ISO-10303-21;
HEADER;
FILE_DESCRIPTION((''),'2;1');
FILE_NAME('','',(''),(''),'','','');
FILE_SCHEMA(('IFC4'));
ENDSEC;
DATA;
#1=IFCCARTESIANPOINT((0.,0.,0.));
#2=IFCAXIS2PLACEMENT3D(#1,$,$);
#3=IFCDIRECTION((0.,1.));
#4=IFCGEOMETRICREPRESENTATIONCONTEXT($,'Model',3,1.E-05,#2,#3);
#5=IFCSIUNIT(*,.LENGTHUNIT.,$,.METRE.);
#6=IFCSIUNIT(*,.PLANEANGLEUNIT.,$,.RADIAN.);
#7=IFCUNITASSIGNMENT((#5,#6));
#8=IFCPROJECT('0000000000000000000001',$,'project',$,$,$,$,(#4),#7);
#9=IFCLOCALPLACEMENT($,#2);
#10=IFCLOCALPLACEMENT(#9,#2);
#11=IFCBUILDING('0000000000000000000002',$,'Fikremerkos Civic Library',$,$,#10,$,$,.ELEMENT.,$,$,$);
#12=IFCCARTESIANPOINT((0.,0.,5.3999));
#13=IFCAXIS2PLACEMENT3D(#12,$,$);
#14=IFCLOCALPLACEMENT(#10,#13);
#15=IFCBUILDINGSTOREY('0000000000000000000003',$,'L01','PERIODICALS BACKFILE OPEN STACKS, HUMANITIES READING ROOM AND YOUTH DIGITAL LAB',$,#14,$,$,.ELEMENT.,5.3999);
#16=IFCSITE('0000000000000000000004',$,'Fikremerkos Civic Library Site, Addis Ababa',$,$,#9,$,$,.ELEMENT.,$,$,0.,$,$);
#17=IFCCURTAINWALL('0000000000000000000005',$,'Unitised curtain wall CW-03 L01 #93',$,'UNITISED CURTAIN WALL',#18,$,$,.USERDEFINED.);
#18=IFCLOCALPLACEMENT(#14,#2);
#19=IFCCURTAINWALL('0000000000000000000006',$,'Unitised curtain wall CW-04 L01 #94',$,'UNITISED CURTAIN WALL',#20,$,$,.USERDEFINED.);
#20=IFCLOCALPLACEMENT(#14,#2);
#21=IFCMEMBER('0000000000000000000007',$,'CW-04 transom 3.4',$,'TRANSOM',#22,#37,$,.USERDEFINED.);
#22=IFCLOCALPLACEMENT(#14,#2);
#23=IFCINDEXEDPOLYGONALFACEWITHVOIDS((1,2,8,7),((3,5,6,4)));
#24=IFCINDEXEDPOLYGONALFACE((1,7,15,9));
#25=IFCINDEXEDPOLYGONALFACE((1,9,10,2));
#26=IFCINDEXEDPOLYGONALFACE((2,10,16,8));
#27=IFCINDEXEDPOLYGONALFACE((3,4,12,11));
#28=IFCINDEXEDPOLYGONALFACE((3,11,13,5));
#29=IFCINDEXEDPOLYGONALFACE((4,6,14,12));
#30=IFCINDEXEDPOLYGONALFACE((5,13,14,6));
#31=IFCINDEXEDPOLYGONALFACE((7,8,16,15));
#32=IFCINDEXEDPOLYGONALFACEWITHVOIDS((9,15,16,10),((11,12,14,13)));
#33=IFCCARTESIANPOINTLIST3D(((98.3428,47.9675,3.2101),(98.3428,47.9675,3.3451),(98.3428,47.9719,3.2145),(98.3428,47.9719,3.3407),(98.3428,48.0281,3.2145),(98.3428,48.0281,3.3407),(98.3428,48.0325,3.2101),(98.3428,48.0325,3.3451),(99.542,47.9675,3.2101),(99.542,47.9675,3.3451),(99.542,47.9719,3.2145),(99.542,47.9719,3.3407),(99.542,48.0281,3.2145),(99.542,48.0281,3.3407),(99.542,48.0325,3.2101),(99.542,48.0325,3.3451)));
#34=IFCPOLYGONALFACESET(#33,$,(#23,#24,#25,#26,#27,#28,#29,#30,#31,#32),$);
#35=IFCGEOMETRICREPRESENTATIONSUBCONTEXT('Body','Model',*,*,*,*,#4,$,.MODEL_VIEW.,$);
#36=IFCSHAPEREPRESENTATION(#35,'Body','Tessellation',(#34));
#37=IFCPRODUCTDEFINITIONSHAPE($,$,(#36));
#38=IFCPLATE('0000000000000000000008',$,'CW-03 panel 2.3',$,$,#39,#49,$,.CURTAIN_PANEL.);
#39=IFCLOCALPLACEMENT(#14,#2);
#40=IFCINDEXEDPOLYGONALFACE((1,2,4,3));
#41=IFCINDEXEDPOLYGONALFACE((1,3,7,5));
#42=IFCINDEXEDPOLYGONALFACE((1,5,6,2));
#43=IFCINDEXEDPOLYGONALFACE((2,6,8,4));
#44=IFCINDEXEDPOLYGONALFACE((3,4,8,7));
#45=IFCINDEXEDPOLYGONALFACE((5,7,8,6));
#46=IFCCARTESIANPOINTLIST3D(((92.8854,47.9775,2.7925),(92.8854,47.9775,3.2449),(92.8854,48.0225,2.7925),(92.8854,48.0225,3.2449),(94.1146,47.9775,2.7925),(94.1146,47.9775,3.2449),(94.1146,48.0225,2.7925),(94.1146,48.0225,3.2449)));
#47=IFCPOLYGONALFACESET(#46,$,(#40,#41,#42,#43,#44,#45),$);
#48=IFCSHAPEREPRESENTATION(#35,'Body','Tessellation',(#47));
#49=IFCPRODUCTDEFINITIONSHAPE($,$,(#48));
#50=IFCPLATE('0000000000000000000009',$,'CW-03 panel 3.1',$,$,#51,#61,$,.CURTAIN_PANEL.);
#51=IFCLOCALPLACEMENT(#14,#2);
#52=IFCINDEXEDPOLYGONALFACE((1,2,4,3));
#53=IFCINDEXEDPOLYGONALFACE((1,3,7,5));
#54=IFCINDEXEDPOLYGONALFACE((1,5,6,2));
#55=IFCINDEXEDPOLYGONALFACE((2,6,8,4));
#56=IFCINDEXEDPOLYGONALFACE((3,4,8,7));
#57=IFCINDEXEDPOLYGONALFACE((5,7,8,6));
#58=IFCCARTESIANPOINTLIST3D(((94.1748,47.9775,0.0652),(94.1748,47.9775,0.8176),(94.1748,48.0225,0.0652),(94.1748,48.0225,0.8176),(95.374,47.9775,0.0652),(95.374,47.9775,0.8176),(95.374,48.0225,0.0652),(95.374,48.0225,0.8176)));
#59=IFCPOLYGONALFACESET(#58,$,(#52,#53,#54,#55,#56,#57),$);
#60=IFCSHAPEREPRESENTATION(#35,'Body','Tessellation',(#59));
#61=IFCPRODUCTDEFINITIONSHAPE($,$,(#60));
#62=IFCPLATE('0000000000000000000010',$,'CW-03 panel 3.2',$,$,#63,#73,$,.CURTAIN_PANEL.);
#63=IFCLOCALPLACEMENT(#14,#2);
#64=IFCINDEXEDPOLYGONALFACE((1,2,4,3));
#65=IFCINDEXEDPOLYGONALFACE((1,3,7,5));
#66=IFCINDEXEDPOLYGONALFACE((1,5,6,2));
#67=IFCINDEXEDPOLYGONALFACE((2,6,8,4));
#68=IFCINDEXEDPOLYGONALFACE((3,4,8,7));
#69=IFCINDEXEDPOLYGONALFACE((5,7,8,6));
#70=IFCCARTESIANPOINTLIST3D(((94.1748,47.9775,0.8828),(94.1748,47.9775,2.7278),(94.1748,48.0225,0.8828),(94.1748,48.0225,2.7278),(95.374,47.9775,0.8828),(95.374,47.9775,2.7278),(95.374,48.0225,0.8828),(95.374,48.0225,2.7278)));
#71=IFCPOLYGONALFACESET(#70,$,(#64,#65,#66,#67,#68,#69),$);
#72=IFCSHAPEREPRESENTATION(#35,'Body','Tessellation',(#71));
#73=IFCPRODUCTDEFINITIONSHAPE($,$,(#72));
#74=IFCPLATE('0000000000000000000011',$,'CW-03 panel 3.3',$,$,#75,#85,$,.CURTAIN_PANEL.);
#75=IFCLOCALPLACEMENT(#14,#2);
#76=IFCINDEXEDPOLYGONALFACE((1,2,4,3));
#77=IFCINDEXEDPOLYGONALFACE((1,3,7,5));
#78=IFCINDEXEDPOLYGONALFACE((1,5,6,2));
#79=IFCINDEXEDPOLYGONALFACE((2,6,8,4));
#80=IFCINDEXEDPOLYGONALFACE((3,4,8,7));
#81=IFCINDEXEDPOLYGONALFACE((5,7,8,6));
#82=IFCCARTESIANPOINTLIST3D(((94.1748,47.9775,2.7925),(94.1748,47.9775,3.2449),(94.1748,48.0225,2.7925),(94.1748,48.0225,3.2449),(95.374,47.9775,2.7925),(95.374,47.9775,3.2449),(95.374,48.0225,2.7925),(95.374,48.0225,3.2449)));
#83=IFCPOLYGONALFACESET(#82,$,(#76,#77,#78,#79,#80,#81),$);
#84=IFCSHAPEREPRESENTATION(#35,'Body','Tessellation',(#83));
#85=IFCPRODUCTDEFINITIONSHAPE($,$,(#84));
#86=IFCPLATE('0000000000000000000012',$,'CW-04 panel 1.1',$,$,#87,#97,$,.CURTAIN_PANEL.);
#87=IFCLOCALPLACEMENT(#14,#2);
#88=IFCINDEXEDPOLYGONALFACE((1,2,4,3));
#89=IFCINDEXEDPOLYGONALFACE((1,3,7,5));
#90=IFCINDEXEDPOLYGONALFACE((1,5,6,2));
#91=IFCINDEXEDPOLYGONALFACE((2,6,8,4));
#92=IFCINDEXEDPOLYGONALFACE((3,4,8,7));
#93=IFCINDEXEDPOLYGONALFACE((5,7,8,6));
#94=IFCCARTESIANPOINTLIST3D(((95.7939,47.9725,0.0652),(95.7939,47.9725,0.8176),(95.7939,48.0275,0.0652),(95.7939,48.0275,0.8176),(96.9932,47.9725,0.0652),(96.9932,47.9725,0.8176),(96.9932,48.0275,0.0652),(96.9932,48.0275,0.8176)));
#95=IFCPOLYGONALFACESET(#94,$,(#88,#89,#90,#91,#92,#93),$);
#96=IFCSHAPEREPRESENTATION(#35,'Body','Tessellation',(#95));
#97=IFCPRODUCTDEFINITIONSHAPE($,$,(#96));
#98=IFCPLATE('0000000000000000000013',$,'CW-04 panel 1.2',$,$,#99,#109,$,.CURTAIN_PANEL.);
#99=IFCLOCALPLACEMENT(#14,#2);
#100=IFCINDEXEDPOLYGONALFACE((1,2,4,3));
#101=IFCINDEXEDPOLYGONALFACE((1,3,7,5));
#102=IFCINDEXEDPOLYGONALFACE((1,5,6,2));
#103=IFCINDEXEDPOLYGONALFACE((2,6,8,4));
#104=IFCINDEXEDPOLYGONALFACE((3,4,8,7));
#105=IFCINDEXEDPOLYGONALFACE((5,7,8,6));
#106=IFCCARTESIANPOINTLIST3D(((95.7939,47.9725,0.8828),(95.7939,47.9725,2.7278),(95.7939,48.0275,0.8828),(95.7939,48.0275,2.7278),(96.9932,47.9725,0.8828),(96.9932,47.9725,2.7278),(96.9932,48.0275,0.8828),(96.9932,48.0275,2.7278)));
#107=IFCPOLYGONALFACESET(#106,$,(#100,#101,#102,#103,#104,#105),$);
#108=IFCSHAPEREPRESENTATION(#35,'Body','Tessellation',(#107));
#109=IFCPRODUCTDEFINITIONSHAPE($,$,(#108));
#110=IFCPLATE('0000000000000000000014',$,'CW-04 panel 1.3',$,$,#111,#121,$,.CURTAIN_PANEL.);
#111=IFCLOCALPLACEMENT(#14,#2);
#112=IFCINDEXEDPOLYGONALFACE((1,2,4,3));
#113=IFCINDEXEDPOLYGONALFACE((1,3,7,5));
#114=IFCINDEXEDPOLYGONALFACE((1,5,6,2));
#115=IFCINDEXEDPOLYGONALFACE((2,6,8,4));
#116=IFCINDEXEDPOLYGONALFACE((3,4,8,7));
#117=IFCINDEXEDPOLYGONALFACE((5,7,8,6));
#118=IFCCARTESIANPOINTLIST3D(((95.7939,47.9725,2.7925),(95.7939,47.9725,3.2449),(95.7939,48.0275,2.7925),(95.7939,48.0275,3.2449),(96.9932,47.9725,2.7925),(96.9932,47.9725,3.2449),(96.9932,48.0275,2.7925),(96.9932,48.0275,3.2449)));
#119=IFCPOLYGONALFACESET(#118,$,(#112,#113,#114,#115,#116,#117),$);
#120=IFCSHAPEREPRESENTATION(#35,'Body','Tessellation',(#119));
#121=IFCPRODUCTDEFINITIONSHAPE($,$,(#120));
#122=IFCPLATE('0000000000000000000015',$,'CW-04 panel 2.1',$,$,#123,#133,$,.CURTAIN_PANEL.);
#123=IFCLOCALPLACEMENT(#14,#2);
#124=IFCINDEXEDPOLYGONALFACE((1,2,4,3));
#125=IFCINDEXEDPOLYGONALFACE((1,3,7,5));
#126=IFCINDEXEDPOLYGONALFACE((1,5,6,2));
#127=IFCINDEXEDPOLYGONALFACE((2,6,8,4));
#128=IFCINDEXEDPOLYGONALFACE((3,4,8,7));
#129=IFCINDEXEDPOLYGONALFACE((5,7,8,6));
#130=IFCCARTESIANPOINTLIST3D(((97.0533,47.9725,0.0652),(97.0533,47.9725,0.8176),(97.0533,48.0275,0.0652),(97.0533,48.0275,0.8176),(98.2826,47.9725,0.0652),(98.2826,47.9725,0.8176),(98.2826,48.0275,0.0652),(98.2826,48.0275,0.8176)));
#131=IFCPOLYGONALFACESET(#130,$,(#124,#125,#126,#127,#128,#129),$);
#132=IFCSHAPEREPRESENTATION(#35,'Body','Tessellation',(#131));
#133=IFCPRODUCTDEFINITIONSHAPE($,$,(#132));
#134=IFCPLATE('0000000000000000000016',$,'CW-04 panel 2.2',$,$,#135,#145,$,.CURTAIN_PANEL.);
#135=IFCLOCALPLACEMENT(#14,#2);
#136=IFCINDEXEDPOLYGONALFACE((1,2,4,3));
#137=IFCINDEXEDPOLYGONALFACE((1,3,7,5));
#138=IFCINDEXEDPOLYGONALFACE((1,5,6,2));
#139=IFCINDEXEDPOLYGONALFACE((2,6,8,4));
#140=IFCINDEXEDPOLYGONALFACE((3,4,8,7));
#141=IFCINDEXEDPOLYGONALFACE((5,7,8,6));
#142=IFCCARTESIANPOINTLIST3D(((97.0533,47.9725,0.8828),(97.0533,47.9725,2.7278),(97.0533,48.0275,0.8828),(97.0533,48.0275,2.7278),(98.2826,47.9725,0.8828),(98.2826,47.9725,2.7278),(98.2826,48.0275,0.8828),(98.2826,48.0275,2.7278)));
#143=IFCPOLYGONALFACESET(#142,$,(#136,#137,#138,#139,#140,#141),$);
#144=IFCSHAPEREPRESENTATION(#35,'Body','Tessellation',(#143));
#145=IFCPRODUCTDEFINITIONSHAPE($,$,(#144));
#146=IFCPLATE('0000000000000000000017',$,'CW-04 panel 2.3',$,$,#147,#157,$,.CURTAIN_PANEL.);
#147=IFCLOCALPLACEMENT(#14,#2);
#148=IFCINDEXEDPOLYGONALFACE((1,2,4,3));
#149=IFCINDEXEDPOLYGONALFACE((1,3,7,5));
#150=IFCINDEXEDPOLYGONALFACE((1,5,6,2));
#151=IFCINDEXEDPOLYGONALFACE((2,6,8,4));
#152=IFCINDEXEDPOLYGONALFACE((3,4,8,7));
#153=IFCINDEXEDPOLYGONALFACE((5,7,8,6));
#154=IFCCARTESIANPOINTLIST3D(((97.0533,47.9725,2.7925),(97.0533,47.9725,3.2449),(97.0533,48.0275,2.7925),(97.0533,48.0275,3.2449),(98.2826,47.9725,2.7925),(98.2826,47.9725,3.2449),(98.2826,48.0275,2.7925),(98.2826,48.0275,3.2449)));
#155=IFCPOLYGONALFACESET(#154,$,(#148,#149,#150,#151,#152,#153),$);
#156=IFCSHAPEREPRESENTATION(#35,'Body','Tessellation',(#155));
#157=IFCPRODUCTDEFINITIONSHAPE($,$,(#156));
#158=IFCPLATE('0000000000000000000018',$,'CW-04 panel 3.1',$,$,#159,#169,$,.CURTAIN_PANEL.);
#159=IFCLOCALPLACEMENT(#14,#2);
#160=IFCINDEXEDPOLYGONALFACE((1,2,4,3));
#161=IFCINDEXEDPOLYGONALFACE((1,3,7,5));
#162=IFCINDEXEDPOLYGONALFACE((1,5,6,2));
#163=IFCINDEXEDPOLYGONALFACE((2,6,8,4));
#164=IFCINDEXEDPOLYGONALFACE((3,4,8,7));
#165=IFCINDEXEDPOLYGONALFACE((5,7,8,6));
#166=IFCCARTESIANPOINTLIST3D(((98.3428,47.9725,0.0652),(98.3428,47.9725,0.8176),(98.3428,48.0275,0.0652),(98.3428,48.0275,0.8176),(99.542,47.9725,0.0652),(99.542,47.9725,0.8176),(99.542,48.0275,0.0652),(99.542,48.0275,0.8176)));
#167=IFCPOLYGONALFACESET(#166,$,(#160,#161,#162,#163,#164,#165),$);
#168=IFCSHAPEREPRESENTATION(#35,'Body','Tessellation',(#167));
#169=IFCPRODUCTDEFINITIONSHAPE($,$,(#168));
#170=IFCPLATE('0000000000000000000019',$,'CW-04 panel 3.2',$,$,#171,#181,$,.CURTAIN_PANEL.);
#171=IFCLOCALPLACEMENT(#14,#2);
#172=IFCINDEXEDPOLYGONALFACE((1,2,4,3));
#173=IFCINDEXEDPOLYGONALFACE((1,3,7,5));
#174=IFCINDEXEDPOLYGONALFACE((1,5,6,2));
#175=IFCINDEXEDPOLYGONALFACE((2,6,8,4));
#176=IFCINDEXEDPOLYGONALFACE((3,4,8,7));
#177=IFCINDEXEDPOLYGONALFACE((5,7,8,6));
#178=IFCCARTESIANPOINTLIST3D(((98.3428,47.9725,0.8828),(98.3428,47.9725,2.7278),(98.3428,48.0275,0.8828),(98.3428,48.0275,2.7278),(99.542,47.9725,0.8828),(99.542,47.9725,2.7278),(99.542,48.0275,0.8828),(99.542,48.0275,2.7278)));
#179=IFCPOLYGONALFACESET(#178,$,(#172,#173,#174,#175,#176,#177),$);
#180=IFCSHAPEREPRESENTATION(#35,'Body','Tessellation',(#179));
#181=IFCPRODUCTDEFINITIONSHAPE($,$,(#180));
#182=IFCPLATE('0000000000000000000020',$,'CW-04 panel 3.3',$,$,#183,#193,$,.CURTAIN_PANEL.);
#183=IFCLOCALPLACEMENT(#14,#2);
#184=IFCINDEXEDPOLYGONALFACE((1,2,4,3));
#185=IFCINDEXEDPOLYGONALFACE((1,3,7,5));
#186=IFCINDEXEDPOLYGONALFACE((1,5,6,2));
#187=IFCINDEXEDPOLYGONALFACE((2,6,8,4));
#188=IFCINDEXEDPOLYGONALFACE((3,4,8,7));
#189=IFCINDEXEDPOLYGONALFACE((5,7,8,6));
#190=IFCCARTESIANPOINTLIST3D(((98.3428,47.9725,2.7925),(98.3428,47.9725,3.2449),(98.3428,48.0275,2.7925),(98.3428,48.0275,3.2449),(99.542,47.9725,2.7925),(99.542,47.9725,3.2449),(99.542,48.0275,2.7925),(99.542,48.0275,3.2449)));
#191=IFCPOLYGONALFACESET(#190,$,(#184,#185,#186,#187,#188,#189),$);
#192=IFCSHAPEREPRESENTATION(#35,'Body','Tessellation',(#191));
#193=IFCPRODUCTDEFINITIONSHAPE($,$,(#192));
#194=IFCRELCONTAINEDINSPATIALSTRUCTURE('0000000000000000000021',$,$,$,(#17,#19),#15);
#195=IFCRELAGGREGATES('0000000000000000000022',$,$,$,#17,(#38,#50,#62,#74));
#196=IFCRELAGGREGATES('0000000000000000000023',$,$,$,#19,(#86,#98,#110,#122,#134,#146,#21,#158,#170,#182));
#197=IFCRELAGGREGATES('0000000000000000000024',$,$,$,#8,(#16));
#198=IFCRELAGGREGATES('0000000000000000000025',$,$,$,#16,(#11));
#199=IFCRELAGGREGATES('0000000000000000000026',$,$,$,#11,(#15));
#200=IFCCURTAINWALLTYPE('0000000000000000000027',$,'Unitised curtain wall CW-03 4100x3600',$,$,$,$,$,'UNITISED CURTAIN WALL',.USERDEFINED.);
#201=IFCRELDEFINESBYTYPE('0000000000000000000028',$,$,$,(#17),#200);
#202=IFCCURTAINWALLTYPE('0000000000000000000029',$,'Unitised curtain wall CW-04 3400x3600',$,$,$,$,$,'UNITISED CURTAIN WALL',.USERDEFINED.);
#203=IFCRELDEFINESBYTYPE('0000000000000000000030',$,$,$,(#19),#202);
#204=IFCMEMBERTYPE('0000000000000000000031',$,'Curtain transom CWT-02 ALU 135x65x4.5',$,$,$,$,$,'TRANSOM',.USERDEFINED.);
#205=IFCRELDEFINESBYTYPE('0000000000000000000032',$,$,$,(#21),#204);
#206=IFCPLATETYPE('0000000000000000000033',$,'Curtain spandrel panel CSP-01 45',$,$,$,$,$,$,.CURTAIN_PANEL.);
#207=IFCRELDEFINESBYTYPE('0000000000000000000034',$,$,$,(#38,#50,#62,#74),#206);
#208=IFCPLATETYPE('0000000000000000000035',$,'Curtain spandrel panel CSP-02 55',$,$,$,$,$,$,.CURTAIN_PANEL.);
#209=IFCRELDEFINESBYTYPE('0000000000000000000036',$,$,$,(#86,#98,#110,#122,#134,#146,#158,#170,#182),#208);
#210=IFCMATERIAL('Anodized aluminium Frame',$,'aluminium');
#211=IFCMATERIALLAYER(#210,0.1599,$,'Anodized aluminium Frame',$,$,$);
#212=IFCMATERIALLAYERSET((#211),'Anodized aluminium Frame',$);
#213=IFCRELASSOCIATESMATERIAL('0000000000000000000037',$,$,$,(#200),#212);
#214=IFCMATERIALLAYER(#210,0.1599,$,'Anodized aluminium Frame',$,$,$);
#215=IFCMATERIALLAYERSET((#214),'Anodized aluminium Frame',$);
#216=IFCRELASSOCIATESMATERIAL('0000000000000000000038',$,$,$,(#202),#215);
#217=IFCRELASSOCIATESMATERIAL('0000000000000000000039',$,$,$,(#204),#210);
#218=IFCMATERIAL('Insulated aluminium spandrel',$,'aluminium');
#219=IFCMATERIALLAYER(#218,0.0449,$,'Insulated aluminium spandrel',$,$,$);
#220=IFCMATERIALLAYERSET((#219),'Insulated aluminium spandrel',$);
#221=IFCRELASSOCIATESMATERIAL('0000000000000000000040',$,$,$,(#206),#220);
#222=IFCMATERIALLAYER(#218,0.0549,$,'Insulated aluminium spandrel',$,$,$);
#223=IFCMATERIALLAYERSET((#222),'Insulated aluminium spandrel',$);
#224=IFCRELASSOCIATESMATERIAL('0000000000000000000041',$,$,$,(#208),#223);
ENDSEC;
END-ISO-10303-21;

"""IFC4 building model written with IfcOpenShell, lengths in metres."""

from ifc_helpers import new_model, si_unit, direction, frame, origin, origin_2d, place, context, subcontext, project, spatial, rectangle, hollow_rectangle, extrude, material, layer, layer_set, material_profile, profile_set, type_object, element, aggregate, save


model = new_model("IFC4")

# Units and contexts
model_context = context("Model", 3, precision=1e-05, world=origin(), true_north=direction((0.0, 1.0)))
body_context = subcontext(model_context, "Body", "Model", "MODEL_VIEW")
ifc_project = project(units=[si_unit("LENGTHUNIT", "METRE"), si_unit("PLANEANGLEUNIT", "RADIAN")], contexts=[model_context])

# Site, building, storey
site_placement = place(None, origin())
site = spatial("IfcSite", under=ifc_project, at=site_placement, Name="Fikremerkos Civic Library Site, Addis Ababa", CompositionType="ELEMENT", RefElevation=0.0)
building_placement = place(site_placement, origin())
building = spatial("IfcBuilding", under=site, at=building_placement, Name="Fikremerkos Civic Library", CompositionType="ELEMENT")
storey_placement = place(building_placement, frame((0.0, 0.0, 5.3999)))
storey = spatial("IfcBuildingStorey", under=building, at=storey_placement, Name="L01", Description="PERIODICALS BACKFILE OPEN STACKS, HUMANITIES READING ROOM AND YOUTH DIGITAL LAB", CompositionType="ELEMENT", Elevation=5.3999)

# Curtain walls
ifc_material_1 = material(Name="Anodized aluminium Frame", Category="aluminium")
ifc_layer_1 = layer(ifc_material_1, 0.1599, Name="Anodized aluminium Frame")
ifc_layer_set_1 = layer_set([ifc_layer_1], Name="Anodized aluminium Frame")
curtain_wall_type_1 = type_object("IfcCurtainWallType", Name="Unitised curtain wall CW-03 4100x3600", ElementType="UNITISED CURTAIN WALL", PredefinedType="USERDEFINED", material=ifc_layer_set_1)
curtain_wall_1_placement = place(storey_placement, origin())
curtain_wall_1 = element("IfcCurtainWall", 1, at=curtain_wall_1_placement, inside=storey, type_object=curtain_wall_type_1, Name="Unitised curtain wall CW-03 L01 #93", ObjectType="UNITISED CURTAIN WALL", PredefinedType="USERDEFINED")
ifc_layer_2 = layer(ifc_material_1, 0.1599, Name="Anodized aluminium Frame")
ifc_layer_set_2 = layer_set([ifc_layer_2], Name="Anodized aluminium Frame")
curtain_wall_type_2 = type_object("IfcCurtainWallType", Name="Unitised curtain wall CW-04 3400x3600", ElementType="UNITISED CURTAIN WALL", PredefinedType="USERDEFINED", material=ifc_layer_set_2)
curtain_wall_2_placement = place(storey_placement, origin())
curtain_wall_2 = element("IfcCurtainWall", 2, at=curtain_wall_2_placement, inside=storey, type_object=curtain_wall_type_2, Name="Unitised curtain wall CW-04 L01 #94", ObjectType="UNITISED CURTAIN WALL", PredefinedType="USERDEFINED")

# Member
ifc_material_profile_1 = material_profile(ifc_material_1, hollow_rectangle(XDim=0.0649, YDim=0.135, WallThickness=0.0044, at=origin_2d()), Name="ALU 135x65x4.5")
ifc_profile_set_1 = profile_set([ifc_material_profile_1], Name="Anodized aluminium Frame")
member_type_1 = type_object("IfcMemberType", Name="Curtain transom CWT-02 ALU 135x65x4.5", ElementType="TRANSOM", PredefinedType="USERDEFINED", material=ifc_profile_set_1)
member_1_placement = place(storey_placement, frame((98.3428, 48.0, 3.2776), z_axis=(1.0, 0.0, 0.0), x_axis=(0.0, 1.0, 0.0)))
member_1 = element("IfcMember", 3, at=member_1_placement, type_object=member_type_1, Name="CW-04 transom 3.4", ObjectType="TRANSOM", PredefinedType="USERDEFINED", context=body_context, shape_type="SweptSolid", body=[
    extrude(hollow_rectangle(XDim=0.0649, YDim=0.135, WallThickness=0.0044, at=origin_2d()), origin(), (0.0, 0.0, 1.0), 1.1992),
])

# Plates
ifc_material_2 = material(Name="Insulated aluminium spandrel", Category="aluminium")
ifc_layer_3 = layer(ifc_material_2, 0.0449, Name="Insulated aluminium spandrel")
ifc_layer_set_3 = layer_set([ifc_layer_3], Name="Insulated aluminium spandrel")
plate_type_1 = type_object("IfcPlateType", Name="Curtain spandrel panel CSP-01 45", PredefinedType="CURTAIN_PANEL", material=ifc_layer_set_3)
plate_1_placement = place(storey_placement, frame((93.5, 48.0, 2.7925), z_axis=(0.0, 0.0, 1.0), x_axis=(1.0, 0.0, 0.0)))
plate_1 = element("IfcPlate", 4, at=plate_1_placement, type_object=plate_type_1, Name="CW-03 panel 2.3", PredefinedType="CURTAIN_PANEL", context=body_context, shape_type="SweptSolid", body=[
    extrude(rectangle(XDim=1.2292, YDim=0.0449, at=origin_2d()), origin(), (0.0, 0.0, 1.0), 0.4524),
])
plate_2_placement = place(storey_placement, frame((94.7744, 48.0, 0.0652), z_axis=(0.0, 0.0, 1.0), x_axis=(1.0, 0.0, 0.0)))
plate_2 = element("IfcPlate", 5, at=plate_2_placement, type_object=plate_type_1, Name="CW-03 panel 3.1", PredefinedType="CURTAIN_PANEL", context=body_context, shape_type="SweptSolid", body=[
    extrude(rectangle(XDim=1.1992, YDim=0.0449, at=origin_2d()), origin(), (0.0, 0.0, 1.0), 0.7524),
])
plate_3_placement = place(storey_placement, frame((94.7744, 48.0, 0.8828), z_axis=(0.0, 0.0, 1.0), x_axis=(1.0, 0.0, 0.0)))
plate_3 = element("IfcPlate", 6, at=plate_3_placement, type_object=plate_type_1, Name="CW-03 panel 3.2", PredefinedType="CURTAIN_PANEL", context=body_context, shape_type="SweptSolid", body=[
    extrude(rectangle(XDim=1.1992, YDim=0.0449, at=origin_2d()), origin(), (0.0, 0.0, 1.0), 1.845),
])
plate_4_placement = place(storey_placement, frame((94.7744, 48.0, 2.7925), z_axis=(0.0, 0.0, 1.0), x_axis=(1.0, 0.0, 0.0)))
plate_4 = element("IfcPlate", 7, at=plate_4_placement, type_object=plate_type_1, Name="CW-03 panel 3.3", PredefinedType="CURTAIN_PANEL", context=body_context, shape_type="SweptSolid", body=[
    extrude(rectangle(XDim=1.1992, YDim=0.0449, at=origin_2d()), origin(), (0.0, 0.0, 1.0), 0.4524),
])
aggregate(curtain_wall_1, [plate_1, plate_2, plate_3, plate_4])
ifc_layer_4 = layer(ifc_material_2, 0.0549, Name="Insulated aluminium spandrel")
ifc_layer_set_4 = layer_set([ifc_layer_4], Name="Insulated aluminium spandrel")
plate_type_2 = type_object("IfcPlateType", Name="Curtain spandrel panel CSP-02 55", PredefinedType="CURTAIN_PANEL", material=ifc_layer_set_4)
plate_5_placement = place(storey_placement, frame((96.3936, 48.0, 0.0652), z_axis=(0.0, 0.0, 1.0), x_axis=(1.0, 0.0, 0.0)))
plate_5 = element("IfcPlate", 8, at=plate_5_placement, type_object=plate_type_2, Name="CW-04 panel 1.1", PredefinedType="CURTAIN_PANEL", context=body_context, shape_type="SweptSolid", body=[
    extrude(rectangle(XDim=1.1992, YDim=0.0549, at=origin_2d()), origin(), (0.0, 0.0, 1.0), 0.7524),
])
plate_6_placement = place(storey_placement, frame((96.3936, 48.0, 0.8828), z_axis=(0.0, 0.0, 1.0), x_axis=(1.0, 0.0, 0.0)))
plate_6 = element("IfcPlate", 9, at=plate_6_placement, type_object=plate_type_2, Name="CW-04 panel 1.2", PredefinedType="CURTAIN_PANEL", context=body_context, shape_type="SweptSolid", body=[
    extrude(rectangle(XDim=1.1992, YDim=0.0549, at=origin_2d()), origin(), (0.0, 0.0, 1.0), 1.845),
])
plate_7_placement = place(storey_placement, frame((96.3936, 48.0, 2.7925), z_axis=(0.0, 0.0, 1.0), x_axis=(1.0, 0.0, 0.0)))
plate_7 = element("IfcPlate", 10, at=plate_7_placement, type_object=plate_type_2, Name="CW-04 panel 1.3", PredefinedType="CURTAIN_PANEL", context=body_context, shape_type="SweptSolid", body=[
    extrude(rectangle(XDim=1.1992, YDim=0.0549, at=origin_2d()), origin(), (0.0, 0.0, 1.0), 0.4524),
])
plate_8_placement = place(storey_placement, frame((97.668, 48.0, 0.0652), z_axis=(0.0, 0.0, 1.0), x_axis=(1.0, 0.0, 0.0)))
plate_8 = element("IfcPlate", 11, at=plate_8_placement, type_object=plate_type_2, Name="CW-04 panel 2.1", PredefinedType="CURTAIN_PANEL", context=body_context, shape_type="SweptSolid", body=[
    extrude(rectangle(XDim=1.2292, YDim=0.0549, at=origin_2d()), origin(), (0.0, 0.0, 1.0), 0.7524),
])
plate_9_placement = place(storey_placement, frame((97.668, 48.0, 0.8828), z_axis=(0.0, 0.0, 1.0), x_axis=(1.0, 0.0, 0.0)))
plate_9 = element("IfcPlate", 12, at=plate_9_placement, type_object=plate_type_2, Name="CW-04 panel 2.2", PredefinedType="CURTAIN_PANEL", context=body_context, shape_type="SweptSolid", body=[
    extrude(rectangle(XDim=1.2292, YDim=0.0549, at=origin_2d()), origin(), (0.0, 0.0, 1.0), 1.845),
])
plate_10_placement = place(storey_placement, frame((97.668, 48.0, 2.7925), z_axis=(0.0, 0.0, 1.0), x_axis=(1.0, 0.0, 0.0)))
plate_10 = element("IfcPlate", 13, at=plate_10_placement, type_object=plate_type_2, Name="CW-04 panel 2.3", PredefinedType="CURTAIN_PANEL", context=body_context, shape_type="SweptSolid", body=[
    extrude(rectangle(XDim=1.2292, YDim=0.0549, at=origin_2d()), origin(), (0.0, 0.0, 1.0), 0.4524),
])
plate_11_placement = place(storey_placement, frame((98.9424, 48.0, 0.0652), z_axis=(0.0, 0.0, 1.0), x_axis=(1.0, 0.0, 0.0)))
plate_11 = element("IfcPlate", 14, at=plate_11_placement, type_object=plate_type_2, Name="CW-04 panel 3.1", PredefinedType="CURTAIN_PANEL", context=body_context, shape_type="SweptSolid", body=[
    extrude(rectangle(XDim=1.1992, YDim=0.0549, at=origin_2d()), origin(), (0.0, 0.0, 1.0), 0.7524),
])
plate_12_placement = place(storey_placement, frame((98.9424, 48.0, 0.8828), z_axis=(0.0, 0.0, 1.0), x_axis=(1.0, 0.0, 0.0)))
plate_12 = element("IfcPlate", 15, at=plate_12_placement, type_object=plate_type_2, Name="CW-04 panel 3.2", PredefinedType="CURTAIN_PANEL", context=body_context, shape_type="SweptSolid", body=[
    extrude(rectangle(XDim=1.1992, YDim=0.0549, at=origin_2d()), origin(), (0.0, 0.0, 1.0), 1.845),
])
plate_13_placement = place(storey_placement, frame((98.9424, 48.0, 2.7925), z_axis=(0.0, 0.0, 1.0), x_axis=(1.0, 0.0, 0.0)))
plate_13 = element("IfcPlate", 16, at=plate_13_placement, type_object=plate_type_2, Name="CW-04 panel 3.3", PredefinedType="CURTAIN_PANEL", context=body_context, shape_type="SweptSolid", body=[
    extrude(rectangle(XDim=1.1992, YDim=0.0549, at=origin_2d()), origin(), (0.0, 0.0, 1.0), 0.4524),
])
aggregate(curtain_wall_2, [plate_5, plate_6, plate_7, plate_8, plate_9, plate_10, member_1, plate_11, plate_12, plate_13])

save(model, "model.ifc")
